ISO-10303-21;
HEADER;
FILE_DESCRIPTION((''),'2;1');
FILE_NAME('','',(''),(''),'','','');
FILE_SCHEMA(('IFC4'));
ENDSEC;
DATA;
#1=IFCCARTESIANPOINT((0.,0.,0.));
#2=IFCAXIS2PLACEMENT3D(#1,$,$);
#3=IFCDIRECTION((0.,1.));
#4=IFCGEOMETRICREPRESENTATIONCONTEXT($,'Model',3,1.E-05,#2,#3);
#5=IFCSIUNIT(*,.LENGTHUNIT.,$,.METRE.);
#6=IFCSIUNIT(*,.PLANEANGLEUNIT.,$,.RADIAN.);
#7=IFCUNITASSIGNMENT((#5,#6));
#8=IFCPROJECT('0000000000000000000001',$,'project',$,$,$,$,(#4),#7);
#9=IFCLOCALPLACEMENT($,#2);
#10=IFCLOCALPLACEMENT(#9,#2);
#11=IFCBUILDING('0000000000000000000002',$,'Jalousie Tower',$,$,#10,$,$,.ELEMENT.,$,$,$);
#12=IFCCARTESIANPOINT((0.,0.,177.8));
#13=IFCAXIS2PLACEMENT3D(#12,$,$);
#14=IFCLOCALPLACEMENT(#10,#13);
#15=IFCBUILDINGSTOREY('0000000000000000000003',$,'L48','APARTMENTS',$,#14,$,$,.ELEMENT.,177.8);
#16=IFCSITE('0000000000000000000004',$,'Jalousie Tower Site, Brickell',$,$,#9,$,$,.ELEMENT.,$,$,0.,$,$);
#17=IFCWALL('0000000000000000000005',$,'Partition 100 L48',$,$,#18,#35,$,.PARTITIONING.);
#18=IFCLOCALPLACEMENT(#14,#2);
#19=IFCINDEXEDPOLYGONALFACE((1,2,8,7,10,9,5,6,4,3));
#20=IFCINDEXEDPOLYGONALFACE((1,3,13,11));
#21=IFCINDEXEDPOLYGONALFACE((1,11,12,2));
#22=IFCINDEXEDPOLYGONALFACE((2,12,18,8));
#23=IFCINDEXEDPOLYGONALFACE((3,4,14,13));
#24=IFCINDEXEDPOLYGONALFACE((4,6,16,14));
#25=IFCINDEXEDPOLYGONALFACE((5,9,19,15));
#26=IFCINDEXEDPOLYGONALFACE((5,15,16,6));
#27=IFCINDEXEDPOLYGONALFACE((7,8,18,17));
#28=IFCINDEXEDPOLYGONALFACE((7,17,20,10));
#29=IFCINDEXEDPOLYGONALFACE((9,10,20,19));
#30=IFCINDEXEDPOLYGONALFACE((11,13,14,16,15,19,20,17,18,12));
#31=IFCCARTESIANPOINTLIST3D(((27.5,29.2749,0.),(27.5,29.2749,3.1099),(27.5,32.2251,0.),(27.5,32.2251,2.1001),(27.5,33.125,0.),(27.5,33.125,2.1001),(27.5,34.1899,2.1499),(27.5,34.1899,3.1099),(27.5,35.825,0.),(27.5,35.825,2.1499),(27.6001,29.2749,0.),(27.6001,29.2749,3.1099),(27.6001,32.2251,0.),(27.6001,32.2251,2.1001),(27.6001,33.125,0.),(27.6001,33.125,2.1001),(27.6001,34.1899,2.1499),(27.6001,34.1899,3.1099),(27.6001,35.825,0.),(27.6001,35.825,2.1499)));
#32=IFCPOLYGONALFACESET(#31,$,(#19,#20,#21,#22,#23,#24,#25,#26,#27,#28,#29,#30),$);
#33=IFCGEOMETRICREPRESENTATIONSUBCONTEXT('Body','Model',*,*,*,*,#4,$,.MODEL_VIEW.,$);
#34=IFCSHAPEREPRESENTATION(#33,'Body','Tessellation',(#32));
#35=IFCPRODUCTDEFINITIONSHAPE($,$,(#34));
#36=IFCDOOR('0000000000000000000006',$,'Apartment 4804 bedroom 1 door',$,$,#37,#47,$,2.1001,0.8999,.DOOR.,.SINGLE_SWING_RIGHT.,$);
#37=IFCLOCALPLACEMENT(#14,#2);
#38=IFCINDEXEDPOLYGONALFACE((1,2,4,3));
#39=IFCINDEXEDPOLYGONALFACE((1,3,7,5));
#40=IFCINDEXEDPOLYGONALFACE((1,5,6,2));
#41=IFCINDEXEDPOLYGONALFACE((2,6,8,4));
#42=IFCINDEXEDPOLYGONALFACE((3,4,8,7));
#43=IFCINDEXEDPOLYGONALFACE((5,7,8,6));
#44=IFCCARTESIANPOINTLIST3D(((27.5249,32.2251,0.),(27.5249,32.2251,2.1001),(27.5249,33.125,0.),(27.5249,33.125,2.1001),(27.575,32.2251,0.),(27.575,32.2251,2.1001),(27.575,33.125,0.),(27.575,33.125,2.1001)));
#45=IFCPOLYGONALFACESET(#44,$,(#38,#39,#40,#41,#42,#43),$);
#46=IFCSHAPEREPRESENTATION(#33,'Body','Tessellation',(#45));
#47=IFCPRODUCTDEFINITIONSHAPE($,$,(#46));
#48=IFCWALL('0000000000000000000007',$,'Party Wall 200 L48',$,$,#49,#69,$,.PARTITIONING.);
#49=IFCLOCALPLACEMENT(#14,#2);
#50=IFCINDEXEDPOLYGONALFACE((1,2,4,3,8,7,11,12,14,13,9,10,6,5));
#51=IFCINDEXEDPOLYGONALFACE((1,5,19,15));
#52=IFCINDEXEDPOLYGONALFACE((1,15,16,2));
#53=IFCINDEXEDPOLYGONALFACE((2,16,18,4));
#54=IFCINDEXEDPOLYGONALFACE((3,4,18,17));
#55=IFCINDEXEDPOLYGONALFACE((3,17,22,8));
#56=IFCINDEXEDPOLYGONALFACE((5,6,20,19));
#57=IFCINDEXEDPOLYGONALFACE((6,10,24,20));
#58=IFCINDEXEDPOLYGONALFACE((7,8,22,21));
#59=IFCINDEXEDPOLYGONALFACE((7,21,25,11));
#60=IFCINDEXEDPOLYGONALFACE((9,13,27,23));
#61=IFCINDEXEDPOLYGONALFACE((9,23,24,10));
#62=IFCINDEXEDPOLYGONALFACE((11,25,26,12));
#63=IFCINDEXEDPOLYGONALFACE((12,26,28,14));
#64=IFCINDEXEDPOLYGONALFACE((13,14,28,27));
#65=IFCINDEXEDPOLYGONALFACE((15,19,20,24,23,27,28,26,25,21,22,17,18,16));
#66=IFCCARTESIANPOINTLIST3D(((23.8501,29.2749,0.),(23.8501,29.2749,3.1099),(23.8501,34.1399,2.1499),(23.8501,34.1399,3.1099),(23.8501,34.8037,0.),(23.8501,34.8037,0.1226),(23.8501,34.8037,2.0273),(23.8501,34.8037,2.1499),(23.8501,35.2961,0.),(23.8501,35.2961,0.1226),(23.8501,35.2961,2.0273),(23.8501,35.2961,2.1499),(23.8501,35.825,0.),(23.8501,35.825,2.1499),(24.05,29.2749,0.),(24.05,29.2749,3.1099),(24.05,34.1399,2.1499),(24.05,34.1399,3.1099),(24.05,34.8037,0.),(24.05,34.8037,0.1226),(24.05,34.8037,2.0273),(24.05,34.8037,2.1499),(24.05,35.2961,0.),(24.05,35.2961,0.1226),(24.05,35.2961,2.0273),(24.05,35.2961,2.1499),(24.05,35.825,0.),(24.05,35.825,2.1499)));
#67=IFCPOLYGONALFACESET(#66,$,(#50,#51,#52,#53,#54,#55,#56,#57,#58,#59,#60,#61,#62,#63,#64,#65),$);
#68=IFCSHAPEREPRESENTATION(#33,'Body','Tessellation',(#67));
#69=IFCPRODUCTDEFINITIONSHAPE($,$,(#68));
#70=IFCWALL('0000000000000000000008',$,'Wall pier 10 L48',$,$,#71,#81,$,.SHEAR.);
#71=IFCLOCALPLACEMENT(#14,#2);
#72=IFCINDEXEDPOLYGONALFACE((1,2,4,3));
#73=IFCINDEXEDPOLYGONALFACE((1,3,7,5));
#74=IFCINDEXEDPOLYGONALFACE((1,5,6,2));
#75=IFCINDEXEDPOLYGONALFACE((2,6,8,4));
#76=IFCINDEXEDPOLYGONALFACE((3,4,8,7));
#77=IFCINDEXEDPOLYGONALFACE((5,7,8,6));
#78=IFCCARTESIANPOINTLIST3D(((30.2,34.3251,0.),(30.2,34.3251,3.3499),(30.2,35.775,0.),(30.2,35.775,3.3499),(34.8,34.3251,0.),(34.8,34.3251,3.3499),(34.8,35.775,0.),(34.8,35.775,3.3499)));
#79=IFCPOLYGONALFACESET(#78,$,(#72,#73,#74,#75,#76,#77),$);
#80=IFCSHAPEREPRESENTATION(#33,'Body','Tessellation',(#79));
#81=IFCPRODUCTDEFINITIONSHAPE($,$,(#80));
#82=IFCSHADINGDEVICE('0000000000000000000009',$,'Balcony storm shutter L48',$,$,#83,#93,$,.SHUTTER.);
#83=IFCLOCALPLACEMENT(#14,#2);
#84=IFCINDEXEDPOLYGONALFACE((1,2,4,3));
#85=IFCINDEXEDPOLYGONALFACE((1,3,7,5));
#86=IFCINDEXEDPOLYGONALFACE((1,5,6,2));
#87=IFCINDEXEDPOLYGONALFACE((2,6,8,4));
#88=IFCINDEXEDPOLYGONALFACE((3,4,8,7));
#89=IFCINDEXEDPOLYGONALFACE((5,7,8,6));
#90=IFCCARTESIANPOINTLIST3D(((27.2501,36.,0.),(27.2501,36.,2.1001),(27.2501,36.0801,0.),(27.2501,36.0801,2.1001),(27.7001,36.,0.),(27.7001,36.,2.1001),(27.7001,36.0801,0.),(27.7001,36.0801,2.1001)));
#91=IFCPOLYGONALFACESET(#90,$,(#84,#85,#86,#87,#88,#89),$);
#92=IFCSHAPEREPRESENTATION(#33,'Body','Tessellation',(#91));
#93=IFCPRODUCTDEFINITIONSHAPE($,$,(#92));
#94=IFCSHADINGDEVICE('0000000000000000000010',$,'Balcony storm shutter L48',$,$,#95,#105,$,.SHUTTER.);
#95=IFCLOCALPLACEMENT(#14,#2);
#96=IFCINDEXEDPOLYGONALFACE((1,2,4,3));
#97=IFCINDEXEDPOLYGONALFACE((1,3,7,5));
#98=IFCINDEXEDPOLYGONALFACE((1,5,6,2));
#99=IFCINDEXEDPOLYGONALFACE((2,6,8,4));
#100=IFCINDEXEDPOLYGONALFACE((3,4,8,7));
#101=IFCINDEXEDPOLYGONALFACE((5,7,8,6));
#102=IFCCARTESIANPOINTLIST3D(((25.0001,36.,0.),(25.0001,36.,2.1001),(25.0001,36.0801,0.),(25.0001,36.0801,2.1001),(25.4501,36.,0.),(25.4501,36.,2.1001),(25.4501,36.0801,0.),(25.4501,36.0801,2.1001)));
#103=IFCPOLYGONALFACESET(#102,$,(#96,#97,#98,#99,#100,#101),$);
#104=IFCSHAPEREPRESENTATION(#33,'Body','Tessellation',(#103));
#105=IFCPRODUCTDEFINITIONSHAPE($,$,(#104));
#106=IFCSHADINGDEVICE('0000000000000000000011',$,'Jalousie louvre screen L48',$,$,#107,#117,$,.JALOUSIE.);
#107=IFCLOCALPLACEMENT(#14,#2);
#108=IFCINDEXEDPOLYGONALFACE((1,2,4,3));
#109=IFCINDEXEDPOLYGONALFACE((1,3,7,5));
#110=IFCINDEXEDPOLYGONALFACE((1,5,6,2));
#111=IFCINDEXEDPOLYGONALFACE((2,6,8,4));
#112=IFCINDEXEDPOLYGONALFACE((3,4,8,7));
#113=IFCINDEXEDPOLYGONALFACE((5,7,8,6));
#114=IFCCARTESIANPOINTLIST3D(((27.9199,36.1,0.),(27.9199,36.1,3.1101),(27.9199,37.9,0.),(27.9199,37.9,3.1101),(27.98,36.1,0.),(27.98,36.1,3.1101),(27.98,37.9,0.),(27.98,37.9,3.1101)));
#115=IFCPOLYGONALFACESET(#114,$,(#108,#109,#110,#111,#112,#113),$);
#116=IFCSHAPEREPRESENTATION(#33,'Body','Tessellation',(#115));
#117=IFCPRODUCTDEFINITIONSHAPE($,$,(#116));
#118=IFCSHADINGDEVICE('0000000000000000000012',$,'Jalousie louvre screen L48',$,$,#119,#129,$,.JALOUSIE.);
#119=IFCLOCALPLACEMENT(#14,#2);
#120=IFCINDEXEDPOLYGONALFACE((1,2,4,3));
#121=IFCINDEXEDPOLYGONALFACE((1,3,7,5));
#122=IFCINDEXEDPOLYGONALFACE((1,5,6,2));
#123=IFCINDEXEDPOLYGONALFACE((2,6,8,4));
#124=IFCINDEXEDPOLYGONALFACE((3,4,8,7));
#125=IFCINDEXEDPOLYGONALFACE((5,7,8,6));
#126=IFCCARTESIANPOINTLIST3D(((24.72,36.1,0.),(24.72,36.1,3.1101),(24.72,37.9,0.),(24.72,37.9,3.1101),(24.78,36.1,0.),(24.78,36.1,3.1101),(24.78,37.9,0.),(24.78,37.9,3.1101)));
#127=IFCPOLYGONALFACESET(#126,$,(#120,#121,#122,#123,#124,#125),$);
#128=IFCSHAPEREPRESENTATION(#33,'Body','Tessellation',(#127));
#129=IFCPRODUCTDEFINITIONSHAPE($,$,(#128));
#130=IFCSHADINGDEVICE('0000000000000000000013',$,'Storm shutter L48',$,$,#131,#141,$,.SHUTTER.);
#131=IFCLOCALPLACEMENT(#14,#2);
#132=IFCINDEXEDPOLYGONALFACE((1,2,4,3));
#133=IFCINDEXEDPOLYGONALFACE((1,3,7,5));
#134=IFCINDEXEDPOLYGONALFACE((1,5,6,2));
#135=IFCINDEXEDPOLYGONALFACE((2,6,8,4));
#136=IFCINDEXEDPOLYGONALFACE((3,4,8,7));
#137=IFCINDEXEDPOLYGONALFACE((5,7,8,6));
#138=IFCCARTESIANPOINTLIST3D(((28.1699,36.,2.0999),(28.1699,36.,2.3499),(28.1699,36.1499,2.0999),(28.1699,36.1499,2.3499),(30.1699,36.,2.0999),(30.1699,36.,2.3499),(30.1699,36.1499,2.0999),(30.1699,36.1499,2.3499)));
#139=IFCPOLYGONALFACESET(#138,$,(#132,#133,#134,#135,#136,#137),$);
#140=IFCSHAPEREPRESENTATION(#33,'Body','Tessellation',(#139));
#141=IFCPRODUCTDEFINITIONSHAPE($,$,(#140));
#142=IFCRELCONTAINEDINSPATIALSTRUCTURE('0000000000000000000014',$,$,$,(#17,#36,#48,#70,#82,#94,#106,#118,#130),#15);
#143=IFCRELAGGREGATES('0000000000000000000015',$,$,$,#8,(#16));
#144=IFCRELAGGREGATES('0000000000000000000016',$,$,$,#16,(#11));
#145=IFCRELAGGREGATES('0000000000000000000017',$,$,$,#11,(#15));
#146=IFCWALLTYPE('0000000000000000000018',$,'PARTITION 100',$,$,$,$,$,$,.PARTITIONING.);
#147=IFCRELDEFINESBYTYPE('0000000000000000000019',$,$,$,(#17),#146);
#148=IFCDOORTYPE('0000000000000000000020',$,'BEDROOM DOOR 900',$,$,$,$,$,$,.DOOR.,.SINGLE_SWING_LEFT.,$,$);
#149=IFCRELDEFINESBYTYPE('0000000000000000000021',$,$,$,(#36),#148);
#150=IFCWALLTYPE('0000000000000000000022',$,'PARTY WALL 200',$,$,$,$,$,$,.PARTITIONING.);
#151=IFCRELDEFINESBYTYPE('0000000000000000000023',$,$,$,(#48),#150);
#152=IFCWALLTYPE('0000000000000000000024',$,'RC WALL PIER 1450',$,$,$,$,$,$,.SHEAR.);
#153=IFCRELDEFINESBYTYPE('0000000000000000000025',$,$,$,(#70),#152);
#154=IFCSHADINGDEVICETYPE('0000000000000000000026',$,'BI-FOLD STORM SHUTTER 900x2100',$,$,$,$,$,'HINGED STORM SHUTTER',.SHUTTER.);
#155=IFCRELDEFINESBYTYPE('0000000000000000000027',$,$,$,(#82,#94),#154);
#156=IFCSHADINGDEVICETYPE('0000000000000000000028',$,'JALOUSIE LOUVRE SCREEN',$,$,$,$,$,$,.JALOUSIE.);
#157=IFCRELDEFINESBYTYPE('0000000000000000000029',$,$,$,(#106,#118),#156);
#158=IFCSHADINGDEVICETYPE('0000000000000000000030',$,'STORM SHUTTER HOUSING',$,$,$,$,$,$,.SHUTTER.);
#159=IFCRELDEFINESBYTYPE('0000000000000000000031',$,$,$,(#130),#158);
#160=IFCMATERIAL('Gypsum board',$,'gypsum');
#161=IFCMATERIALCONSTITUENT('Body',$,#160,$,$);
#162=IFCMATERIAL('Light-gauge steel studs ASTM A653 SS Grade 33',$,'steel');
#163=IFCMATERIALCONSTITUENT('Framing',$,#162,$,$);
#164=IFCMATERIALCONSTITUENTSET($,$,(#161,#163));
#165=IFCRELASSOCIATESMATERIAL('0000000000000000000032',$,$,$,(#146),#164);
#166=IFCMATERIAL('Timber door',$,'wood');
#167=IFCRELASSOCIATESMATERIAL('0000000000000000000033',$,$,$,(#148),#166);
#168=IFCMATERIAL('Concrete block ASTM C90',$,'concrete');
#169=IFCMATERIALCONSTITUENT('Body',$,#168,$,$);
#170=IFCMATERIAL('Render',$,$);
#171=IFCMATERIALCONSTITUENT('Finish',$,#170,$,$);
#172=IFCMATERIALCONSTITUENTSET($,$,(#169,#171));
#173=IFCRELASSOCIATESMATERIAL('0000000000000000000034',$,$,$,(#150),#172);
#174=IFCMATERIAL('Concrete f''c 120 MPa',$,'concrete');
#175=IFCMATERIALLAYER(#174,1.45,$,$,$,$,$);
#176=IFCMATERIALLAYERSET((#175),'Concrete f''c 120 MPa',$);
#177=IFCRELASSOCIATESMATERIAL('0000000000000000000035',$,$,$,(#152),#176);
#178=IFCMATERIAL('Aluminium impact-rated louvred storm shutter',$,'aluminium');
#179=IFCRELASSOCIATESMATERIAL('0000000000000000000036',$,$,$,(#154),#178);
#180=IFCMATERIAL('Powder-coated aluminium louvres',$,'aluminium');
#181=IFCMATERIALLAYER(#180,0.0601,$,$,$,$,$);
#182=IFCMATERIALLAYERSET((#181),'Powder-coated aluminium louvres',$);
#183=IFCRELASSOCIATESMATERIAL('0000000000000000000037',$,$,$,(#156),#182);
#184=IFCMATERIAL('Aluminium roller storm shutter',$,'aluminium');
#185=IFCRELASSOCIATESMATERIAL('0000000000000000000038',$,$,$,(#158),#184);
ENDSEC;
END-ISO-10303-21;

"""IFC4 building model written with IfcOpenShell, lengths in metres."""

from ifc_helpers import new_model, si_unit, direction, frame, frame_2d, origin, origin_2d, place, context, subcontext, project, spatial, polyline, rectangle, outline, extrude, material, layer, layer_set, constituent, constituent_set, type_object, element, fill, save


model = new_model("IFC4")

# Units and contexts
model_context = context("Model", 3, precision=1e-05, world=origin(), true_north=direction((0.0, 1.0)))
body_context = subcontext(model_context, "Body", "Model", "MODEL_VIEW")
ifc_project = project(units=[si_unit("LENGTHUNIT", "METRE"), si_unit("PLANEANGLEUNIT", "RADIAN")], contexts=[model_context])

# Site, building, storey
site_placement = place(None, origin())
site = spatial("IfcSite", under=ifc_project, at=site_placement, Name="Jalousie Tower Site, Brickell", CompositionType="ELEMENT", RefElevation=0.0)
building_placement = place(site_placement, origin())
building = spatial("IfcBuilding", under=site, at=building_placement, Name="Jalousie Tower", CompositionType="ELEMENT")
storey_placement = place(building_placement, frame((0.0, 0.0, 177.8)))
storey = spatial("IfcBuildingStorey", under=building, at=storey_placement, Name="L48", Description="APARTMENTS", CompositionType="ELEMENT", Elevation=177.8)

# Wall, opening, door
ifc_material_1 = material(Name="Gypsum board", Category="gypsum")
ifc_constituent_1 = constituent(ifc_material_1, Name="Body")
ifc_material_2 = material(Name="Light-gauge steel studs ASTM A653 SS Grade 33", Category="steel")
ifc_constituent_2 = constituent(ifc_material_2, Name="Framing")
ifc_constituent_set_1 = constituent_set(constituents=[ifc_constituent_1, ifc_constituent_2])
wall_type_1 = type_object("IfcWallType", Name="PARTITION 100", PredefinedType="PARTITIONING", material=ifc_constituent_set_1)
wall_1_placement = place(storey_placement, frame((27.55, 35.825, 0.0), z_axis=(0.0, 0.0, 1.0), x_axis=(0.0, -1.0, 0.0)))
wall_1 = element("IfcWall", 1, at=wall_1_placement, inside=storey, type_object=wall_type_1, Name="Partition 100 L48", PredefinedType="PARTITIONING", context=body_context, shape_type="SweptSolid", body=[
    extrude(outline(polyline([(0.0, 0.0), (6.55, 0.0), (6.55, 3.1099), (1.635, 3.1099), (1.635, 2.1499), (0.0, 2.1499), (0.0, 3.1099), (0.0, 0.0)])), frame((0.0, 0.05, 0.0), z_axis=(0.0, -1.0, 0.0), x_axis=(1.0, 0.0, 0.0)), (0.0, 0.0, 1.0), 0.1001),
])
opening_1_placement = place(wall_1_placement, frame((2.7, 0.0, 0.0)))
opening_1 = element("IfcOpeningElement", 2, at=opening_1_placement, cuts=wall_1, PredefinedType="OPENING", context=body_context, shape_type="SweptSolid", body=[
    extrude(rectangle(XDim=0.8999, YDim=2.1001, at=frame_2d((0.45, 1.05))), frame((0.0, 0.0601, 0.0), z_axis=(0.0, -1.0, 0.0), x_axis=(1.0, 0.0, 0.0)), (0.0, 0.0, 1.0), 0.1201),
])
ifc_material_3 = material(Name="Timber door", Category="wood")
door_type_1 = type_object("IfcDoorType", Name="BEDROOM DOOR 900", OperationType="SINGLE_SWING_LEFT", PredefinedType="DOOR", material=ifc_material_3)
door_1_placement = place(opening_1_placement, origin())
door_1 = element("IfcDoor", 3, at=door_1_placement, inside=storey, type_object=door_type_1, Name="Apartment 4804 bedroom 1 door", OperationType="SINGLE_SWING_RIGHT", OverallHeight=2.1001, OverallWidth=0.8999, PredefinedType="DOOR", context=body_context, shape_type="SweptSolid", body=[
    extrude(rectangle(XDim=0.8999, YDim=2.1001, at=frame_2d((0.45, 1.05))), frame((0.0, 0.0249, 0.0), z_axis=(0.0, -1.0, 0.0), x_axis=(1.0, 0.0, 0.0)), (0.0, 0.0, 1.0), 0.05),
])
fill(opening_1, door_1)

# Walls
ifc_material_4 = material(Name="Concrete block ASTM C90", Category="concrete")
ifc_constituent_3 = constituent(ifc_material_4, Name="Body")
ifc_material_5 = material(Name="Render")
ifc_constituent_4 = constituent(ifc_material_5, Name="Finish")
ifc_constituent_set_2 = constituent_set(constituents=[ifc_constituent_3, ifc_constituent_4])
wall_type_2 = type_object("IfcWallType", Name="PARTY WALL 200", PredefinedType="PARTITIONING", material=ifc_constituent_set_2)
wall_2_placement = place(storey_placement, frame((23.95, 35.825, 0.0), z_axis=(0.0, 0.0, 1.0), x_axis=(0.0, -1.0, 0.0)))
element("IfcWall", 4, at=wall_2_placement, inside=storey, type_object=wall_type_2, Name="Party Wall 200 L48", PredefinedType="PARTITIONING", context=body_context, shape_type="SweptSolid", body=[
    extrude(outline(polyline([(0.5288, 2.1499), (0.0, 2.1499), (0.0, 0.0), (0.5288, 0.0), (0.5288, 0.1226), (1.0212, 0.1226), (1.0212, 0.0), (6.55, 0.0), (6.55, 3.1099), (1.6851, 3.1099), (1.6851, 2.1499), (1.0212, 2.1499), (1.0212, 2.0273), (0.5288, 2.0273), (0.5288, 2.1499)])), frame((0.0, 0.1001, 0.0), z_axis=(0.0, -1.0, 0.0), x_axis=(1.0, 0.0, 0.0)), (0.0, 0.0, 1.0), 0.2),
])
ifc_material_6 = material(Name="Concrete f'c 120 MPa", Category="concrete")
ifc_layer_1 = layer(ifc_material_6, 1.45)
ifc_layer_set_1 = layer_set([ifc_layer_1], Name="Concrete f'c 120 MPa")
wall_type_3 = type_object("IfcWallType", Name="RC WALL PIER 1450", PredefinedType="SHEAR", material=ifc_layer_set_1)
wall_3_placement = place(storey_placement, frame((30.2, 35.05, 0.0), z_axis=(0.0, 0.0, 1.0), x_axis=(1.0, 0.0, 0.0)))
element("IfcWall", 5, at=wall_3_placement, inside=storey, type_object=wall_type_3, Name="Wall pier 10 L48", PredefinedType="SHEAR", context=body_context, shape_type="SweptSolid", body=[
    extrude(rectangle(XDim=4.6001, YDim=1.45, at=frame_2d((2.3, 0.0))), origin(), (0.0, 0.0, 1.0), 3.3499),
])

# Shading devices
ifc_material_7 = material(Name="Aluminium impact-rated louvred storm shutter", Category="aluminium")
shading_device_type_1 = type_object("IfcShadingDeviceType", Name="BI-FOLD STORM SHUTTER 900x2100", ElementType="HINGED STORM SHUTTER", PredefinedType="SHUTTER", material=ifc_material_7)
for number, where, z_axis, x_axis, name in (
    (6, (27.4751, 36.04, 0.0), (0.0, 0.0, 1.0), (-1.0, 0.0, 0.0), "Balcony storm shutter L48"),
    (7, (25.2251, 36.04, 0.0), (0.0, 0.0, 1.0), (-1.0, 0.0, 0.0), "Balcony storm shutter L48"),
):
    element("IfcShadingDevice", number, at=place(storey_placement, frame(where, z_axis=z_axis, x_axis=x_axis)), inside=storey, type_object=shading_device_type_1, Name=name, PredefinedType="SHUTTER", context=body_context, shape_type="SweptSolid", body=[
        extrude(rectangle(XDim=0.45, YDim=0.0801, at=origin_2d()), origin(), (0.0, 0.0, 1.0), 2.1001),
    ])

# Shading devices
ifc_material_8 = material(Name="Powder-coated aluminium louvres", Category="aluminium")
ifc_layer_2 = layer(ifc_material_8, 0.0601)
ifc_layer_set_2 = layer_set([ifc_layer_2], Name="Powder-coated aluminium louvres")
shading_device_type_2 = type_object("IfcShadingDeviceType", Name="JALOUSIE LOUVRE SCREEN", PredefinedType="JALOUSIE", material=ifc_layer_set_2)
for number, where, z_axis, x_axis, name in (
    (8, (27.95, 37.0, 0.0), (0.0, 0.0, 1.0), (-1.0, 0.0, 0.0), "Jalousie louvre screen L48"),
    (9, (24.75, 37.0, 0.0), (0.0, 0.0, 1.0), (-1.0, 0.0, 0.0), "Jalousie louvre screen L48"),
):
    element("IfcShadingDevice", number, at=place(storey_placement, frame(where, z_axis=z_axis, x_axis=x_axis)), inside=storey, type_object=shading_device_type_2, Name=name, PredefinedType="JALOUSIE", context=body_context, shape_type="SweptSolid", body=[
        extrude(rectangle(XDim=0.0601, YDim=1.8, at=origin_2d()), origin(), (0.0, 0.0, 1.0), 3.1101),
    ])
ifc_material_9 = material(Name="Aluminium roller storm shutter", Category="aluminium")
shading_device_type_3 = type_object("IfcShadingDeviceType", Name="STORM SHUTTER HOUSING", PredefinedType="SHUTTER", material=ifc_material_9)
shading_device_placement = place(storey_placement, frame((29.1699, 36.075, 2.0999), z_axis=(0.0, 0.0, 1.0), x_axis=(-1.0, 0.0, 0.0)))
element("IfcShadingDevice", 10, at=shading_device_placement, inside=storey, type_object=shading_device_type_3, Name="Storm shutter L48", PredefinedType="SHUTTER", context=body_context, shape_type="SweptSolid", body=[
    extrude(rectangle(XDim=2.0, YDim=0.1499, at=origin_2d()), origin(), (0.0, 0.0, 1.0), 0.25),
])

save(model, "model.ifc")
